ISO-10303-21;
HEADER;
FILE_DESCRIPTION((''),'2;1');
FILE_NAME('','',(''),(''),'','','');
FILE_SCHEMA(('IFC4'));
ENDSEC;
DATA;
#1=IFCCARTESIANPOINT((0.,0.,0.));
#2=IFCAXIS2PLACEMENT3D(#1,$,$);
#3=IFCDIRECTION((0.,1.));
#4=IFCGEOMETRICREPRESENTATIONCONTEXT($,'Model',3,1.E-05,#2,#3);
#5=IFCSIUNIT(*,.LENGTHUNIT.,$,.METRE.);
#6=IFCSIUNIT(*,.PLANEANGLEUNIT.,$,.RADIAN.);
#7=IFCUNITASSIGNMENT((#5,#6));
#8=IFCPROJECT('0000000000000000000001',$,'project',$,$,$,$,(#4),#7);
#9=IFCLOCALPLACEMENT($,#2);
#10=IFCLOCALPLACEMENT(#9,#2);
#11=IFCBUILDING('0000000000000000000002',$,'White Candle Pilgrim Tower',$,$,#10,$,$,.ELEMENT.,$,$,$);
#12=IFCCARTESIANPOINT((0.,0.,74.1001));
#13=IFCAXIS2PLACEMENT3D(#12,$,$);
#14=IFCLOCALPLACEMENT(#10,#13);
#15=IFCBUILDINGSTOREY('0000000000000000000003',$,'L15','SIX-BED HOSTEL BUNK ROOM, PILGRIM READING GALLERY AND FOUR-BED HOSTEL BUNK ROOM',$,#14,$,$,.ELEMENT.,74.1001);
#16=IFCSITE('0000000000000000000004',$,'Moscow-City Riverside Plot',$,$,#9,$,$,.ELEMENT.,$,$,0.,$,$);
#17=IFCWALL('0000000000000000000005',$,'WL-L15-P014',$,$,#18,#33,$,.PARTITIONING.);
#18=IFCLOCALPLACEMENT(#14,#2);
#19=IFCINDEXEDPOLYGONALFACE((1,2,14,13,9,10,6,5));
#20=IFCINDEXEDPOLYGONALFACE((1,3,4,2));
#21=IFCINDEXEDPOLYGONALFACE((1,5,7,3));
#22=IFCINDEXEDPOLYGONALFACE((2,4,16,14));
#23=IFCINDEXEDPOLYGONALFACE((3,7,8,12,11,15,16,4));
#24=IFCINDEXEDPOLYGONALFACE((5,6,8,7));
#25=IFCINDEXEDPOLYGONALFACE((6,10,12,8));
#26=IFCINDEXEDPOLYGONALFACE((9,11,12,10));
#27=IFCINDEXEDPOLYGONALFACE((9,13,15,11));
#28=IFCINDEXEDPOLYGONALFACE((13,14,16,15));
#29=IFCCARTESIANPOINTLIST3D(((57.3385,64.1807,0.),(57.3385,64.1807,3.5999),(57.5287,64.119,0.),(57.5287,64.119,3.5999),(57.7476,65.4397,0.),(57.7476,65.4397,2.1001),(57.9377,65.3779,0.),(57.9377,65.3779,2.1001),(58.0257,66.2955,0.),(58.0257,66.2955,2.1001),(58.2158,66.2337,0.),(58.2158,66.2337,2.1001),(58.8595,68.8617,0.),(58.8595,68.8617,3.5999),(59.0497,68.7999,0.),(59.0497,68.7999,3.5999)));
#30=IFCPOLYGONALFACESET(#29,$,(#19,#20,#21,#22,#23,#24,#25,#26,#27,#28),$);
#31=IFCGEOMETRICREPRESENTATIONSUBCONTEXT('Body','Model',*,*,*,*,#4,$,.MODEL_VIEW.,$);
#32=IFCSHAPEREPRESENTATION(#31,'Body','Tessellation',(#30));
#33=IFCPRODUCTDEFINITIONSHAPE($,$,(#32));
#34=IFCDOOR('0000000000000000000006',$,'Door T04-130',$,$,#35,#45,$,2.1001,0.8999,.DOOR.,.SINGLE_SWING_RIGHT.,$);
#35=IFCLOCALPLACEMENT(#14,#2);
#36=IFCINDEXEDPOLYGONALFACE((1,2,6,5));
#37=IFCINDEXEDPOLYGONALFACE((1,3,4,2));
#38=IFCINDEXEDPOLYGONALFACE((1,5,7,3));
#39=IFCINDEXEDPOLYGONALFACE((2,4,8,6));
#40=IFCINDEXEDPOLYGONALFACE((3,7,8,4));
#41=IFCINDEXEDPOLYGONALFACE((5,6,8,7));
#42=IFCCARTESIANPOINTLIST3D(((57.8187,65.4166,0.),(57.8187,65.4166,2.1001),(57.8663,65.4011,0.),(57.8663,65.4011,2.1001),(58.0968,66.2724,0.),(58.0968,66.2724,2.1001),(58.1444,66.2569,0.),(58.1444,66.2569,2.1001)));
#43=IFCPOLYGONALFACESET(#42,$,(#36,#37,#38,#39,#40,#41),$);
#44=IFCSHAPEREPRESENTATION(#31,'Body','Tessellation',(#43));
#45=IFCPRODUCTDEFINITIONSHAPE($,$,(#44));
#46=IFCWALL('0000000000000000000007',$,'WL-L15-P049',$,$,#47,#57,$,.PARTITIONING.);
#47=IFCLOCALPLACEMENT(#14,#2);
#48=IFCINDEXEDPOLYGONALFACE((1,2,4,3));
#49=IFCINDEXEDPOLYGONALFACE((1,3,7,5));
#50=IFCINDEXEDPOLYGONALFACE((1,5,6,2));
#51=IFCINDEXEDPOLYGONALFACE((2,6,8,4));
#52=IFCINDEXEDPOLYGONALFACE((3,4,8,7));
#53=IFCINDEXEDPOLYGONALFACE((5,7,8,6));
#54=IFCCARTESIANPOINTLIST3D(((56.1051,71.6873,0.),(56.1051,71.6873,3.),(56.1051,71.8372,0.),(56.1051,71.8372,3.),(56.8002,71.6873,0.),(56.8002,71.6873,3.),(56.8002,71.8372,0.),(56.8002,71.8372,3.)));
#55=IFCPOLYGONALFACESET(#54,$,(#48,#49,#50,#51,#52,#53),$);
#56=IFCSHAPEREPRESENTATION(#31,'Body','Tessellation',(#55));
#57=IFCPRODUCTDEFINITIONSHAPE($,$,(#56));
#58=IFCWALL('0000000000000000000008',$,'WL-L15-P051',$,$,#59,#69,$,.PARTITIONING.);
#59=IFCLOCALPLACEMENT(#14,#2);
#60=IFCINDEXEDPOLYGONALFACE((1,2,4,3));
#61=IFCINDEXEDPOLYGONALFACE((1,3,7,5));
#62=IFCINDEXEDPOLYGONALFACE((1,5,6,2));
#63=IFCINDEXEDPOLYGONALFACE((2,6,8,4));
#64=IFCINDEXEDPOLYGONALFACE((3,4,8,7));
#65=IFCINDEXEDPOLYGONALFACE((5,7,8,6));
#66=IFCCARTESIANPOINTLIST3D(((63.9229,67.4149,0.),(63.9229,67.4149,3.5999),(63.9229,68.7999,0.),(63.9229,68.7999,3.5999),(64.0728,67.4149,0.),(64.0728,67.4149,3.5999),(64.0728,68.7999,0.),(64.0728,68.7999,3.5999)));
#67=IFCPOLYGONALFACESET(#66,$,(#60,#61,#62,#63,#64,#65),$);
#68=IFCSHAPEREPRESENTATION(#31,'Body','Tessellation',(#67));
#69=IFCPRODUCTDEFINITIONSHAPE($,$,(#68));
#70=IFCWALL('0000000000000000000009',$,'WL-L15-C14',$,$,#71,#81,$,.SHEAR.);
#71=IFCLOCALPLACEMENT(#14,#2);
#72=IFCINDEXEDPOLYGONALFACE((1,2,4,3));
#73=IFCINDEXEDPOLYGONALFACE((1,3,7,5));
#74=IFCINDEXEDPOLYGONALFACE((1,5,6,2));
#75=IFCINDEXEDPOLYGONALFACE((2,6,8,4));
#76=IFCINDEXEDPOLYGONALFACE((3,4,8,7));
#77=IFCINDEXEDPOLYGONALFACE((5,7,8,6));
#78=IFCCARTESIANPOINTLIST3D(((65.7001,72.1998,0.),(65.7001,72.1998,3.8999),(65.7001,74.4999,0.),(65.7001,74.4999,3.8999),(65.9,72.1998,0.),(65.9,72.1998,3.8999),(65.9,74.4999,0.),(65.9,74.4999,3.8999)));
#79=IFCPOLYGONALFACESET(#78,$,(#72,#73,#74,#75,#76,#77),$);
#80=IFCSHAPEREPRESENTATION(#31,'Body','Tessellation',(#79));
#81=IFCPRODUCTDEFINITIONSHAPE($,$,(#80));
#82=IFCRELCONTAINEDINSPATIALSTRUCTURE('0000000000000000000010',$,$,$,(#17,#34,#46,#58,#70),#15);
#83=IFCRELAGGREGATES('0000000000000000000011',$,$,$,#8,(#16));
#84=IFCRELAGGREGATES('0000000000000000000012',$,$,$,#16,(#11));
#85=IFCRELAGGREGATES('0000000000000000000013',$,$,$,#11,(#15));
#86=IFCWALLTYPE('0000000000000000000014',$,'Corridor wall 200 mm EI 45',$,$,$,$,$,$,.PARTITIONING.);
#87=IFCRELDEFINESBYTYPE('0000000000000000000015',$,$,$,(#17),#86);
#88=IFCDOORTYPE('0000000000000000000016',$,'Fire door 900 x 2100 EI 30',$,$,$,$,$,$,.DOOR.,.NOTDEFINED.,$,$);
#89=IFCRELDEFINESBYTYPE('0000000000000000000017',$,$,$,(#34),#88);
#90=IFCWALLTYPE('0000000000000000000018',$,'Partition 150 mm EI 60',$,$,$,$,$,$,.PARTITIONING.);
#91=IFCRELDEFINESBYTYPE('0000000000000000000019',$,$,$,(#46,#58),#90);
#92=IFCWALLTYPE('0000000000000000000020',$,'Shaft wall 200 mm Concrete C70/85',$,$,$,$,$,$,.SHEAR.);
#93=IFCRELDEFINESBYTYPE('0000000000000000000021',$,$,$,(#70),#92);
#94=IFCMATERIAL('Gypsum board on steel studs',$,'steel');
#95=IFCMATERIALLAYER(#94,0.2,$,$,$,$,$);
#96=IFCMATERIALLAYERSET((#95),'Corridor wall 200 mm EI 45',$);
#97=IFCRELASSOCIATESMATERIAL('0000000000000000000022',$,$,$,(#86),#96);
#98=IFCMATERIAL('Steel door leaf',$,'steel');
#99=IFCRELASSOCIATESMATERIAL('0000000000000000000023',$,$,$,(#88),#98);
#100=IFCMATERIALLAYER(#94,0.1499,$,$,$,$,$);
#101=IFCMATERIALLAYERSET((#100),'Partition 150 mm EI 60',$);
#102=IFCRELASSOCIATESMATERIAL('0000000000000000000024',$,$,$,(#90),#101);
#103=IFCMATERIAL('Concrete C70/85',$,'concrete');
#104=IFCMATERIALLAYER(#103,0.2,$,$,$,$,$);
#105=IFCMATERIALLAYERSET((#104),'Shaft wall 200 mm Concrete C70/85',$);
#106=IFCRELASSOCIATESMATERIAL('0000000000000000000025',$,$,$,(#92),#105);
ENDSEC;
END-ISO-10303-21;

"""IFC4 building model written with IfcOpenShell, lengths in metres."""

from ifc_helpers import new_model, si_unit, direction, frame, frame_2d, origin, place, context, subcontext, project, spatial, rectangle, extrude, material, layer, layer_set, type_object, element, fill, save


model = new_model("IFC4")

# Units and contexts
model_context = context("Model", 3, precision=1e-05, world=origin(), true_north=direction((0.0, 1.0)))
body_context = subcontext(model_context, "Body", "Model", "MODEL_VIEW")
ifc_project = project(units=[si_unit("LENGTHUNIT", "METRE"), si_unit("PLANEANGLEUNIT", "RADIAN")], contexts=[model_context])

# Site, building, storey
site_placement = place(None, origin())
site = spatial("IfcSite", under=ifc_project, at=site_placement, Name="Moscow-City Riverside Plot", CompositionType="ELEMENT", RefElevation=0.0)
building_placement = place(site_placement, origin())
building = spatial("IfcBuilding", under=site, at=building_placement, Name="White Candle Pilgrim Tower", CompositionType="ELEMENT")
storey_placement = place(building_placement, frame((0.0, 0.0, 74.1001)))
storey = spatial("IfcBuildingStorey", under=building, at=storey_placement, Name="L15", Description="SIX-BED HOSTEL BUNK ROOM, PILGRIM READING GALLERY AND FOUR-BED HOSTEL BUNK ROOM", CompositionType="ELEMENT", Elevation=74.1001)

# Shared definitions
ifc_material_1 = material(Name="Gypsum board on steel studs", Category="steel")
ifc_layer_1 = layer(ifc_material_1, 0.2)
ifc_layer_set_1 = layer_set([ifc_layer_1], Name="Corridor wall 200 mm EI 45")
wall_type_1 = type_object("IfcWallType", Name="Corridor wall 200 mm EI 45", PredefinedType="PARTITIONING", material=ifc_layer_set_1)
ifc_material_2 = material(Name="Steel door leaf", Category="steel")
door_type_1 = type_object("IfcDoorType", Name="Fire door 900 x 2100 EI 30", OperationType="NOTDEFINED", PredefinedType="DOOR", material=ifc_material_2)

# Wall, opening, door
wall_1_placement = place(storey_placement, frame((58.9546, 68.8308, 0.0), z_axis=(0.0, 0.0, 1.0), x_axis=(-0.309031, -0.951052, 0.0)))
wall_1 = element("IfcWall", 1, at=wall_1_placement, inside=storey, type_object=wall_type_1, Name="WL-L15-P014", PredefinedType="PARTITIONING", context=body_context, shape_type="SweptSolid", body=[
    extrude(rectangle(XDim=4.9219, YDim=0.2, at=frame_2d((2.4609, 0.0))), origin(), (0.0, 0.0, 1.0), 3.5999),
])
opening_1_placement = place(wall_1_placement, frame((2.6982, 0.0, 0.0)))
opening_1 = element("IfcOpeningElement", 2, at=opening_1_placement, cuts=wall_1, PredefinedType="OPENING", context=body_context, shape_type="SweptSolid", body=[
    extrude(rectangle(XDim=0.8999, YDim=2.1001, at=frame_2d((0.45, 1.05))), frame((0.0, 0.1099, 0.0), z_axis=(0.0, -1.0, 0.0), x_axis=(1.0, 0.0, 0.0)), (0.0, 0.0, 1.0), 0.22),
])
door_1_placement = place(opening_1_placement, origin())
door_1 = element("IfcDoor", 3, at=door_1_placement, inside=storey, type_object=door_type_1, Name="Door T04-130", OperationType="SINGLE_SWING_RIGHT", OverallHeight=2.1001, OverallWidth=0.8999, PredefinedType="DOOR", context=body_context, shape_type="SweptSolid", body=[
    extrude(rectangle(XDim=0.8999, YDim=2.1001, at=frame_2d((0.45, 1.05))), frame((0.0, 0.0249, 0.0), z_axis=(0.0, -1.0, 0.0), x_axis=(1.0, 0.0, 0.0)), (0.0, 0.0, 1.0), 0.05),
])
fill(opening_1, door_1)

# Walls
ifc_layer_2 = layer(ifc_material_1, 0.1499)
ifc_layer_set_2 = layer_set([ifc_layer_2], Name="Partition 150 mm EI 60")
wall_type_2 = type_object("IfcWallType", Name="Partition 150 mm EI 60", PredefinedType="PARTITIONING", material=ifc_layer_set_2)
wall_2_placement = place(storey_placement, frame((56.105, 71.7622, 0.0), z_axis=(0.0, 0.0, 1.0), x_axis=(1.0, 0.0, 0.0)))
element("IfcWall", 4, at=wall_2_placement, inside=storey, type_object=wall_type_2, Name="WL-L15-P049", PredefinedType="PARTITIONING", context=body_context, shape_type="SweptSolid", body=[
    extrude(rectangle(XDim=0.6951, YDim=0.1499, at=frame_2d((0.3477, 0.0))), origin(), (0.0, 0.0, 1.0), 3.0),
])
wall_3_placement = place(storey_placement, frame((63.9978, 67.415, 0.0), z_axis=(0.0, 0.0, 1.0), x_axis=(0.0, 1.0, 0.0)))
element("IfcWall", 5, at=wall_3_placement, inside=storey, type_object=wall_type_2, Name="WL-L15-P051", PredefinedType="PARTITIONING", context=body_context, shape_type="SweptSolid", body=[
    extrude(rectangle(XDim=1.385, YDim=0.1499, at=frame_2d((0.6924, 0.0))), origin(), (0.0, 0.0, 1.0), 3.5999),
])
ifc_material_3 = material(Name="Concrete C70/85", Category="concrete")
ifc_layer_3 = layer(ifc_material_3, 0.2)
ifc_layer_set_3 = layer_set([ifc_layer_3], Name="Shaft wall 200 mm Concrete C70/85")
wall_type_3 = type_object("IfcWallType", Name="Shaft wall 200 mm Concrete C70/85", PredefinedType="SHEAR", material=ifc_layer_set_3)
wall_4_placement = place(storey_placement, frame((65.8, 72.2, 0.0), z_axis=(0.0, 0.0, 1.0), x_axis=(0.0, 1.0, 0.0)))
element("IfcWall", 6, at=wall_4_placement, inside=storey, type_object=wall_type_3, Name="WL-L15-C14", PredefinedType="SHEAR", context=body_context, shape_type="SweptSolid", body=[
    extrude(rectangle(XDim=2.3, YDim=0.2, at=frame_2d((1.1499, 0.0))), origin(), (0.0, 0.0, 1.0), 3.8999),
])

save(model, "model.ifc")
